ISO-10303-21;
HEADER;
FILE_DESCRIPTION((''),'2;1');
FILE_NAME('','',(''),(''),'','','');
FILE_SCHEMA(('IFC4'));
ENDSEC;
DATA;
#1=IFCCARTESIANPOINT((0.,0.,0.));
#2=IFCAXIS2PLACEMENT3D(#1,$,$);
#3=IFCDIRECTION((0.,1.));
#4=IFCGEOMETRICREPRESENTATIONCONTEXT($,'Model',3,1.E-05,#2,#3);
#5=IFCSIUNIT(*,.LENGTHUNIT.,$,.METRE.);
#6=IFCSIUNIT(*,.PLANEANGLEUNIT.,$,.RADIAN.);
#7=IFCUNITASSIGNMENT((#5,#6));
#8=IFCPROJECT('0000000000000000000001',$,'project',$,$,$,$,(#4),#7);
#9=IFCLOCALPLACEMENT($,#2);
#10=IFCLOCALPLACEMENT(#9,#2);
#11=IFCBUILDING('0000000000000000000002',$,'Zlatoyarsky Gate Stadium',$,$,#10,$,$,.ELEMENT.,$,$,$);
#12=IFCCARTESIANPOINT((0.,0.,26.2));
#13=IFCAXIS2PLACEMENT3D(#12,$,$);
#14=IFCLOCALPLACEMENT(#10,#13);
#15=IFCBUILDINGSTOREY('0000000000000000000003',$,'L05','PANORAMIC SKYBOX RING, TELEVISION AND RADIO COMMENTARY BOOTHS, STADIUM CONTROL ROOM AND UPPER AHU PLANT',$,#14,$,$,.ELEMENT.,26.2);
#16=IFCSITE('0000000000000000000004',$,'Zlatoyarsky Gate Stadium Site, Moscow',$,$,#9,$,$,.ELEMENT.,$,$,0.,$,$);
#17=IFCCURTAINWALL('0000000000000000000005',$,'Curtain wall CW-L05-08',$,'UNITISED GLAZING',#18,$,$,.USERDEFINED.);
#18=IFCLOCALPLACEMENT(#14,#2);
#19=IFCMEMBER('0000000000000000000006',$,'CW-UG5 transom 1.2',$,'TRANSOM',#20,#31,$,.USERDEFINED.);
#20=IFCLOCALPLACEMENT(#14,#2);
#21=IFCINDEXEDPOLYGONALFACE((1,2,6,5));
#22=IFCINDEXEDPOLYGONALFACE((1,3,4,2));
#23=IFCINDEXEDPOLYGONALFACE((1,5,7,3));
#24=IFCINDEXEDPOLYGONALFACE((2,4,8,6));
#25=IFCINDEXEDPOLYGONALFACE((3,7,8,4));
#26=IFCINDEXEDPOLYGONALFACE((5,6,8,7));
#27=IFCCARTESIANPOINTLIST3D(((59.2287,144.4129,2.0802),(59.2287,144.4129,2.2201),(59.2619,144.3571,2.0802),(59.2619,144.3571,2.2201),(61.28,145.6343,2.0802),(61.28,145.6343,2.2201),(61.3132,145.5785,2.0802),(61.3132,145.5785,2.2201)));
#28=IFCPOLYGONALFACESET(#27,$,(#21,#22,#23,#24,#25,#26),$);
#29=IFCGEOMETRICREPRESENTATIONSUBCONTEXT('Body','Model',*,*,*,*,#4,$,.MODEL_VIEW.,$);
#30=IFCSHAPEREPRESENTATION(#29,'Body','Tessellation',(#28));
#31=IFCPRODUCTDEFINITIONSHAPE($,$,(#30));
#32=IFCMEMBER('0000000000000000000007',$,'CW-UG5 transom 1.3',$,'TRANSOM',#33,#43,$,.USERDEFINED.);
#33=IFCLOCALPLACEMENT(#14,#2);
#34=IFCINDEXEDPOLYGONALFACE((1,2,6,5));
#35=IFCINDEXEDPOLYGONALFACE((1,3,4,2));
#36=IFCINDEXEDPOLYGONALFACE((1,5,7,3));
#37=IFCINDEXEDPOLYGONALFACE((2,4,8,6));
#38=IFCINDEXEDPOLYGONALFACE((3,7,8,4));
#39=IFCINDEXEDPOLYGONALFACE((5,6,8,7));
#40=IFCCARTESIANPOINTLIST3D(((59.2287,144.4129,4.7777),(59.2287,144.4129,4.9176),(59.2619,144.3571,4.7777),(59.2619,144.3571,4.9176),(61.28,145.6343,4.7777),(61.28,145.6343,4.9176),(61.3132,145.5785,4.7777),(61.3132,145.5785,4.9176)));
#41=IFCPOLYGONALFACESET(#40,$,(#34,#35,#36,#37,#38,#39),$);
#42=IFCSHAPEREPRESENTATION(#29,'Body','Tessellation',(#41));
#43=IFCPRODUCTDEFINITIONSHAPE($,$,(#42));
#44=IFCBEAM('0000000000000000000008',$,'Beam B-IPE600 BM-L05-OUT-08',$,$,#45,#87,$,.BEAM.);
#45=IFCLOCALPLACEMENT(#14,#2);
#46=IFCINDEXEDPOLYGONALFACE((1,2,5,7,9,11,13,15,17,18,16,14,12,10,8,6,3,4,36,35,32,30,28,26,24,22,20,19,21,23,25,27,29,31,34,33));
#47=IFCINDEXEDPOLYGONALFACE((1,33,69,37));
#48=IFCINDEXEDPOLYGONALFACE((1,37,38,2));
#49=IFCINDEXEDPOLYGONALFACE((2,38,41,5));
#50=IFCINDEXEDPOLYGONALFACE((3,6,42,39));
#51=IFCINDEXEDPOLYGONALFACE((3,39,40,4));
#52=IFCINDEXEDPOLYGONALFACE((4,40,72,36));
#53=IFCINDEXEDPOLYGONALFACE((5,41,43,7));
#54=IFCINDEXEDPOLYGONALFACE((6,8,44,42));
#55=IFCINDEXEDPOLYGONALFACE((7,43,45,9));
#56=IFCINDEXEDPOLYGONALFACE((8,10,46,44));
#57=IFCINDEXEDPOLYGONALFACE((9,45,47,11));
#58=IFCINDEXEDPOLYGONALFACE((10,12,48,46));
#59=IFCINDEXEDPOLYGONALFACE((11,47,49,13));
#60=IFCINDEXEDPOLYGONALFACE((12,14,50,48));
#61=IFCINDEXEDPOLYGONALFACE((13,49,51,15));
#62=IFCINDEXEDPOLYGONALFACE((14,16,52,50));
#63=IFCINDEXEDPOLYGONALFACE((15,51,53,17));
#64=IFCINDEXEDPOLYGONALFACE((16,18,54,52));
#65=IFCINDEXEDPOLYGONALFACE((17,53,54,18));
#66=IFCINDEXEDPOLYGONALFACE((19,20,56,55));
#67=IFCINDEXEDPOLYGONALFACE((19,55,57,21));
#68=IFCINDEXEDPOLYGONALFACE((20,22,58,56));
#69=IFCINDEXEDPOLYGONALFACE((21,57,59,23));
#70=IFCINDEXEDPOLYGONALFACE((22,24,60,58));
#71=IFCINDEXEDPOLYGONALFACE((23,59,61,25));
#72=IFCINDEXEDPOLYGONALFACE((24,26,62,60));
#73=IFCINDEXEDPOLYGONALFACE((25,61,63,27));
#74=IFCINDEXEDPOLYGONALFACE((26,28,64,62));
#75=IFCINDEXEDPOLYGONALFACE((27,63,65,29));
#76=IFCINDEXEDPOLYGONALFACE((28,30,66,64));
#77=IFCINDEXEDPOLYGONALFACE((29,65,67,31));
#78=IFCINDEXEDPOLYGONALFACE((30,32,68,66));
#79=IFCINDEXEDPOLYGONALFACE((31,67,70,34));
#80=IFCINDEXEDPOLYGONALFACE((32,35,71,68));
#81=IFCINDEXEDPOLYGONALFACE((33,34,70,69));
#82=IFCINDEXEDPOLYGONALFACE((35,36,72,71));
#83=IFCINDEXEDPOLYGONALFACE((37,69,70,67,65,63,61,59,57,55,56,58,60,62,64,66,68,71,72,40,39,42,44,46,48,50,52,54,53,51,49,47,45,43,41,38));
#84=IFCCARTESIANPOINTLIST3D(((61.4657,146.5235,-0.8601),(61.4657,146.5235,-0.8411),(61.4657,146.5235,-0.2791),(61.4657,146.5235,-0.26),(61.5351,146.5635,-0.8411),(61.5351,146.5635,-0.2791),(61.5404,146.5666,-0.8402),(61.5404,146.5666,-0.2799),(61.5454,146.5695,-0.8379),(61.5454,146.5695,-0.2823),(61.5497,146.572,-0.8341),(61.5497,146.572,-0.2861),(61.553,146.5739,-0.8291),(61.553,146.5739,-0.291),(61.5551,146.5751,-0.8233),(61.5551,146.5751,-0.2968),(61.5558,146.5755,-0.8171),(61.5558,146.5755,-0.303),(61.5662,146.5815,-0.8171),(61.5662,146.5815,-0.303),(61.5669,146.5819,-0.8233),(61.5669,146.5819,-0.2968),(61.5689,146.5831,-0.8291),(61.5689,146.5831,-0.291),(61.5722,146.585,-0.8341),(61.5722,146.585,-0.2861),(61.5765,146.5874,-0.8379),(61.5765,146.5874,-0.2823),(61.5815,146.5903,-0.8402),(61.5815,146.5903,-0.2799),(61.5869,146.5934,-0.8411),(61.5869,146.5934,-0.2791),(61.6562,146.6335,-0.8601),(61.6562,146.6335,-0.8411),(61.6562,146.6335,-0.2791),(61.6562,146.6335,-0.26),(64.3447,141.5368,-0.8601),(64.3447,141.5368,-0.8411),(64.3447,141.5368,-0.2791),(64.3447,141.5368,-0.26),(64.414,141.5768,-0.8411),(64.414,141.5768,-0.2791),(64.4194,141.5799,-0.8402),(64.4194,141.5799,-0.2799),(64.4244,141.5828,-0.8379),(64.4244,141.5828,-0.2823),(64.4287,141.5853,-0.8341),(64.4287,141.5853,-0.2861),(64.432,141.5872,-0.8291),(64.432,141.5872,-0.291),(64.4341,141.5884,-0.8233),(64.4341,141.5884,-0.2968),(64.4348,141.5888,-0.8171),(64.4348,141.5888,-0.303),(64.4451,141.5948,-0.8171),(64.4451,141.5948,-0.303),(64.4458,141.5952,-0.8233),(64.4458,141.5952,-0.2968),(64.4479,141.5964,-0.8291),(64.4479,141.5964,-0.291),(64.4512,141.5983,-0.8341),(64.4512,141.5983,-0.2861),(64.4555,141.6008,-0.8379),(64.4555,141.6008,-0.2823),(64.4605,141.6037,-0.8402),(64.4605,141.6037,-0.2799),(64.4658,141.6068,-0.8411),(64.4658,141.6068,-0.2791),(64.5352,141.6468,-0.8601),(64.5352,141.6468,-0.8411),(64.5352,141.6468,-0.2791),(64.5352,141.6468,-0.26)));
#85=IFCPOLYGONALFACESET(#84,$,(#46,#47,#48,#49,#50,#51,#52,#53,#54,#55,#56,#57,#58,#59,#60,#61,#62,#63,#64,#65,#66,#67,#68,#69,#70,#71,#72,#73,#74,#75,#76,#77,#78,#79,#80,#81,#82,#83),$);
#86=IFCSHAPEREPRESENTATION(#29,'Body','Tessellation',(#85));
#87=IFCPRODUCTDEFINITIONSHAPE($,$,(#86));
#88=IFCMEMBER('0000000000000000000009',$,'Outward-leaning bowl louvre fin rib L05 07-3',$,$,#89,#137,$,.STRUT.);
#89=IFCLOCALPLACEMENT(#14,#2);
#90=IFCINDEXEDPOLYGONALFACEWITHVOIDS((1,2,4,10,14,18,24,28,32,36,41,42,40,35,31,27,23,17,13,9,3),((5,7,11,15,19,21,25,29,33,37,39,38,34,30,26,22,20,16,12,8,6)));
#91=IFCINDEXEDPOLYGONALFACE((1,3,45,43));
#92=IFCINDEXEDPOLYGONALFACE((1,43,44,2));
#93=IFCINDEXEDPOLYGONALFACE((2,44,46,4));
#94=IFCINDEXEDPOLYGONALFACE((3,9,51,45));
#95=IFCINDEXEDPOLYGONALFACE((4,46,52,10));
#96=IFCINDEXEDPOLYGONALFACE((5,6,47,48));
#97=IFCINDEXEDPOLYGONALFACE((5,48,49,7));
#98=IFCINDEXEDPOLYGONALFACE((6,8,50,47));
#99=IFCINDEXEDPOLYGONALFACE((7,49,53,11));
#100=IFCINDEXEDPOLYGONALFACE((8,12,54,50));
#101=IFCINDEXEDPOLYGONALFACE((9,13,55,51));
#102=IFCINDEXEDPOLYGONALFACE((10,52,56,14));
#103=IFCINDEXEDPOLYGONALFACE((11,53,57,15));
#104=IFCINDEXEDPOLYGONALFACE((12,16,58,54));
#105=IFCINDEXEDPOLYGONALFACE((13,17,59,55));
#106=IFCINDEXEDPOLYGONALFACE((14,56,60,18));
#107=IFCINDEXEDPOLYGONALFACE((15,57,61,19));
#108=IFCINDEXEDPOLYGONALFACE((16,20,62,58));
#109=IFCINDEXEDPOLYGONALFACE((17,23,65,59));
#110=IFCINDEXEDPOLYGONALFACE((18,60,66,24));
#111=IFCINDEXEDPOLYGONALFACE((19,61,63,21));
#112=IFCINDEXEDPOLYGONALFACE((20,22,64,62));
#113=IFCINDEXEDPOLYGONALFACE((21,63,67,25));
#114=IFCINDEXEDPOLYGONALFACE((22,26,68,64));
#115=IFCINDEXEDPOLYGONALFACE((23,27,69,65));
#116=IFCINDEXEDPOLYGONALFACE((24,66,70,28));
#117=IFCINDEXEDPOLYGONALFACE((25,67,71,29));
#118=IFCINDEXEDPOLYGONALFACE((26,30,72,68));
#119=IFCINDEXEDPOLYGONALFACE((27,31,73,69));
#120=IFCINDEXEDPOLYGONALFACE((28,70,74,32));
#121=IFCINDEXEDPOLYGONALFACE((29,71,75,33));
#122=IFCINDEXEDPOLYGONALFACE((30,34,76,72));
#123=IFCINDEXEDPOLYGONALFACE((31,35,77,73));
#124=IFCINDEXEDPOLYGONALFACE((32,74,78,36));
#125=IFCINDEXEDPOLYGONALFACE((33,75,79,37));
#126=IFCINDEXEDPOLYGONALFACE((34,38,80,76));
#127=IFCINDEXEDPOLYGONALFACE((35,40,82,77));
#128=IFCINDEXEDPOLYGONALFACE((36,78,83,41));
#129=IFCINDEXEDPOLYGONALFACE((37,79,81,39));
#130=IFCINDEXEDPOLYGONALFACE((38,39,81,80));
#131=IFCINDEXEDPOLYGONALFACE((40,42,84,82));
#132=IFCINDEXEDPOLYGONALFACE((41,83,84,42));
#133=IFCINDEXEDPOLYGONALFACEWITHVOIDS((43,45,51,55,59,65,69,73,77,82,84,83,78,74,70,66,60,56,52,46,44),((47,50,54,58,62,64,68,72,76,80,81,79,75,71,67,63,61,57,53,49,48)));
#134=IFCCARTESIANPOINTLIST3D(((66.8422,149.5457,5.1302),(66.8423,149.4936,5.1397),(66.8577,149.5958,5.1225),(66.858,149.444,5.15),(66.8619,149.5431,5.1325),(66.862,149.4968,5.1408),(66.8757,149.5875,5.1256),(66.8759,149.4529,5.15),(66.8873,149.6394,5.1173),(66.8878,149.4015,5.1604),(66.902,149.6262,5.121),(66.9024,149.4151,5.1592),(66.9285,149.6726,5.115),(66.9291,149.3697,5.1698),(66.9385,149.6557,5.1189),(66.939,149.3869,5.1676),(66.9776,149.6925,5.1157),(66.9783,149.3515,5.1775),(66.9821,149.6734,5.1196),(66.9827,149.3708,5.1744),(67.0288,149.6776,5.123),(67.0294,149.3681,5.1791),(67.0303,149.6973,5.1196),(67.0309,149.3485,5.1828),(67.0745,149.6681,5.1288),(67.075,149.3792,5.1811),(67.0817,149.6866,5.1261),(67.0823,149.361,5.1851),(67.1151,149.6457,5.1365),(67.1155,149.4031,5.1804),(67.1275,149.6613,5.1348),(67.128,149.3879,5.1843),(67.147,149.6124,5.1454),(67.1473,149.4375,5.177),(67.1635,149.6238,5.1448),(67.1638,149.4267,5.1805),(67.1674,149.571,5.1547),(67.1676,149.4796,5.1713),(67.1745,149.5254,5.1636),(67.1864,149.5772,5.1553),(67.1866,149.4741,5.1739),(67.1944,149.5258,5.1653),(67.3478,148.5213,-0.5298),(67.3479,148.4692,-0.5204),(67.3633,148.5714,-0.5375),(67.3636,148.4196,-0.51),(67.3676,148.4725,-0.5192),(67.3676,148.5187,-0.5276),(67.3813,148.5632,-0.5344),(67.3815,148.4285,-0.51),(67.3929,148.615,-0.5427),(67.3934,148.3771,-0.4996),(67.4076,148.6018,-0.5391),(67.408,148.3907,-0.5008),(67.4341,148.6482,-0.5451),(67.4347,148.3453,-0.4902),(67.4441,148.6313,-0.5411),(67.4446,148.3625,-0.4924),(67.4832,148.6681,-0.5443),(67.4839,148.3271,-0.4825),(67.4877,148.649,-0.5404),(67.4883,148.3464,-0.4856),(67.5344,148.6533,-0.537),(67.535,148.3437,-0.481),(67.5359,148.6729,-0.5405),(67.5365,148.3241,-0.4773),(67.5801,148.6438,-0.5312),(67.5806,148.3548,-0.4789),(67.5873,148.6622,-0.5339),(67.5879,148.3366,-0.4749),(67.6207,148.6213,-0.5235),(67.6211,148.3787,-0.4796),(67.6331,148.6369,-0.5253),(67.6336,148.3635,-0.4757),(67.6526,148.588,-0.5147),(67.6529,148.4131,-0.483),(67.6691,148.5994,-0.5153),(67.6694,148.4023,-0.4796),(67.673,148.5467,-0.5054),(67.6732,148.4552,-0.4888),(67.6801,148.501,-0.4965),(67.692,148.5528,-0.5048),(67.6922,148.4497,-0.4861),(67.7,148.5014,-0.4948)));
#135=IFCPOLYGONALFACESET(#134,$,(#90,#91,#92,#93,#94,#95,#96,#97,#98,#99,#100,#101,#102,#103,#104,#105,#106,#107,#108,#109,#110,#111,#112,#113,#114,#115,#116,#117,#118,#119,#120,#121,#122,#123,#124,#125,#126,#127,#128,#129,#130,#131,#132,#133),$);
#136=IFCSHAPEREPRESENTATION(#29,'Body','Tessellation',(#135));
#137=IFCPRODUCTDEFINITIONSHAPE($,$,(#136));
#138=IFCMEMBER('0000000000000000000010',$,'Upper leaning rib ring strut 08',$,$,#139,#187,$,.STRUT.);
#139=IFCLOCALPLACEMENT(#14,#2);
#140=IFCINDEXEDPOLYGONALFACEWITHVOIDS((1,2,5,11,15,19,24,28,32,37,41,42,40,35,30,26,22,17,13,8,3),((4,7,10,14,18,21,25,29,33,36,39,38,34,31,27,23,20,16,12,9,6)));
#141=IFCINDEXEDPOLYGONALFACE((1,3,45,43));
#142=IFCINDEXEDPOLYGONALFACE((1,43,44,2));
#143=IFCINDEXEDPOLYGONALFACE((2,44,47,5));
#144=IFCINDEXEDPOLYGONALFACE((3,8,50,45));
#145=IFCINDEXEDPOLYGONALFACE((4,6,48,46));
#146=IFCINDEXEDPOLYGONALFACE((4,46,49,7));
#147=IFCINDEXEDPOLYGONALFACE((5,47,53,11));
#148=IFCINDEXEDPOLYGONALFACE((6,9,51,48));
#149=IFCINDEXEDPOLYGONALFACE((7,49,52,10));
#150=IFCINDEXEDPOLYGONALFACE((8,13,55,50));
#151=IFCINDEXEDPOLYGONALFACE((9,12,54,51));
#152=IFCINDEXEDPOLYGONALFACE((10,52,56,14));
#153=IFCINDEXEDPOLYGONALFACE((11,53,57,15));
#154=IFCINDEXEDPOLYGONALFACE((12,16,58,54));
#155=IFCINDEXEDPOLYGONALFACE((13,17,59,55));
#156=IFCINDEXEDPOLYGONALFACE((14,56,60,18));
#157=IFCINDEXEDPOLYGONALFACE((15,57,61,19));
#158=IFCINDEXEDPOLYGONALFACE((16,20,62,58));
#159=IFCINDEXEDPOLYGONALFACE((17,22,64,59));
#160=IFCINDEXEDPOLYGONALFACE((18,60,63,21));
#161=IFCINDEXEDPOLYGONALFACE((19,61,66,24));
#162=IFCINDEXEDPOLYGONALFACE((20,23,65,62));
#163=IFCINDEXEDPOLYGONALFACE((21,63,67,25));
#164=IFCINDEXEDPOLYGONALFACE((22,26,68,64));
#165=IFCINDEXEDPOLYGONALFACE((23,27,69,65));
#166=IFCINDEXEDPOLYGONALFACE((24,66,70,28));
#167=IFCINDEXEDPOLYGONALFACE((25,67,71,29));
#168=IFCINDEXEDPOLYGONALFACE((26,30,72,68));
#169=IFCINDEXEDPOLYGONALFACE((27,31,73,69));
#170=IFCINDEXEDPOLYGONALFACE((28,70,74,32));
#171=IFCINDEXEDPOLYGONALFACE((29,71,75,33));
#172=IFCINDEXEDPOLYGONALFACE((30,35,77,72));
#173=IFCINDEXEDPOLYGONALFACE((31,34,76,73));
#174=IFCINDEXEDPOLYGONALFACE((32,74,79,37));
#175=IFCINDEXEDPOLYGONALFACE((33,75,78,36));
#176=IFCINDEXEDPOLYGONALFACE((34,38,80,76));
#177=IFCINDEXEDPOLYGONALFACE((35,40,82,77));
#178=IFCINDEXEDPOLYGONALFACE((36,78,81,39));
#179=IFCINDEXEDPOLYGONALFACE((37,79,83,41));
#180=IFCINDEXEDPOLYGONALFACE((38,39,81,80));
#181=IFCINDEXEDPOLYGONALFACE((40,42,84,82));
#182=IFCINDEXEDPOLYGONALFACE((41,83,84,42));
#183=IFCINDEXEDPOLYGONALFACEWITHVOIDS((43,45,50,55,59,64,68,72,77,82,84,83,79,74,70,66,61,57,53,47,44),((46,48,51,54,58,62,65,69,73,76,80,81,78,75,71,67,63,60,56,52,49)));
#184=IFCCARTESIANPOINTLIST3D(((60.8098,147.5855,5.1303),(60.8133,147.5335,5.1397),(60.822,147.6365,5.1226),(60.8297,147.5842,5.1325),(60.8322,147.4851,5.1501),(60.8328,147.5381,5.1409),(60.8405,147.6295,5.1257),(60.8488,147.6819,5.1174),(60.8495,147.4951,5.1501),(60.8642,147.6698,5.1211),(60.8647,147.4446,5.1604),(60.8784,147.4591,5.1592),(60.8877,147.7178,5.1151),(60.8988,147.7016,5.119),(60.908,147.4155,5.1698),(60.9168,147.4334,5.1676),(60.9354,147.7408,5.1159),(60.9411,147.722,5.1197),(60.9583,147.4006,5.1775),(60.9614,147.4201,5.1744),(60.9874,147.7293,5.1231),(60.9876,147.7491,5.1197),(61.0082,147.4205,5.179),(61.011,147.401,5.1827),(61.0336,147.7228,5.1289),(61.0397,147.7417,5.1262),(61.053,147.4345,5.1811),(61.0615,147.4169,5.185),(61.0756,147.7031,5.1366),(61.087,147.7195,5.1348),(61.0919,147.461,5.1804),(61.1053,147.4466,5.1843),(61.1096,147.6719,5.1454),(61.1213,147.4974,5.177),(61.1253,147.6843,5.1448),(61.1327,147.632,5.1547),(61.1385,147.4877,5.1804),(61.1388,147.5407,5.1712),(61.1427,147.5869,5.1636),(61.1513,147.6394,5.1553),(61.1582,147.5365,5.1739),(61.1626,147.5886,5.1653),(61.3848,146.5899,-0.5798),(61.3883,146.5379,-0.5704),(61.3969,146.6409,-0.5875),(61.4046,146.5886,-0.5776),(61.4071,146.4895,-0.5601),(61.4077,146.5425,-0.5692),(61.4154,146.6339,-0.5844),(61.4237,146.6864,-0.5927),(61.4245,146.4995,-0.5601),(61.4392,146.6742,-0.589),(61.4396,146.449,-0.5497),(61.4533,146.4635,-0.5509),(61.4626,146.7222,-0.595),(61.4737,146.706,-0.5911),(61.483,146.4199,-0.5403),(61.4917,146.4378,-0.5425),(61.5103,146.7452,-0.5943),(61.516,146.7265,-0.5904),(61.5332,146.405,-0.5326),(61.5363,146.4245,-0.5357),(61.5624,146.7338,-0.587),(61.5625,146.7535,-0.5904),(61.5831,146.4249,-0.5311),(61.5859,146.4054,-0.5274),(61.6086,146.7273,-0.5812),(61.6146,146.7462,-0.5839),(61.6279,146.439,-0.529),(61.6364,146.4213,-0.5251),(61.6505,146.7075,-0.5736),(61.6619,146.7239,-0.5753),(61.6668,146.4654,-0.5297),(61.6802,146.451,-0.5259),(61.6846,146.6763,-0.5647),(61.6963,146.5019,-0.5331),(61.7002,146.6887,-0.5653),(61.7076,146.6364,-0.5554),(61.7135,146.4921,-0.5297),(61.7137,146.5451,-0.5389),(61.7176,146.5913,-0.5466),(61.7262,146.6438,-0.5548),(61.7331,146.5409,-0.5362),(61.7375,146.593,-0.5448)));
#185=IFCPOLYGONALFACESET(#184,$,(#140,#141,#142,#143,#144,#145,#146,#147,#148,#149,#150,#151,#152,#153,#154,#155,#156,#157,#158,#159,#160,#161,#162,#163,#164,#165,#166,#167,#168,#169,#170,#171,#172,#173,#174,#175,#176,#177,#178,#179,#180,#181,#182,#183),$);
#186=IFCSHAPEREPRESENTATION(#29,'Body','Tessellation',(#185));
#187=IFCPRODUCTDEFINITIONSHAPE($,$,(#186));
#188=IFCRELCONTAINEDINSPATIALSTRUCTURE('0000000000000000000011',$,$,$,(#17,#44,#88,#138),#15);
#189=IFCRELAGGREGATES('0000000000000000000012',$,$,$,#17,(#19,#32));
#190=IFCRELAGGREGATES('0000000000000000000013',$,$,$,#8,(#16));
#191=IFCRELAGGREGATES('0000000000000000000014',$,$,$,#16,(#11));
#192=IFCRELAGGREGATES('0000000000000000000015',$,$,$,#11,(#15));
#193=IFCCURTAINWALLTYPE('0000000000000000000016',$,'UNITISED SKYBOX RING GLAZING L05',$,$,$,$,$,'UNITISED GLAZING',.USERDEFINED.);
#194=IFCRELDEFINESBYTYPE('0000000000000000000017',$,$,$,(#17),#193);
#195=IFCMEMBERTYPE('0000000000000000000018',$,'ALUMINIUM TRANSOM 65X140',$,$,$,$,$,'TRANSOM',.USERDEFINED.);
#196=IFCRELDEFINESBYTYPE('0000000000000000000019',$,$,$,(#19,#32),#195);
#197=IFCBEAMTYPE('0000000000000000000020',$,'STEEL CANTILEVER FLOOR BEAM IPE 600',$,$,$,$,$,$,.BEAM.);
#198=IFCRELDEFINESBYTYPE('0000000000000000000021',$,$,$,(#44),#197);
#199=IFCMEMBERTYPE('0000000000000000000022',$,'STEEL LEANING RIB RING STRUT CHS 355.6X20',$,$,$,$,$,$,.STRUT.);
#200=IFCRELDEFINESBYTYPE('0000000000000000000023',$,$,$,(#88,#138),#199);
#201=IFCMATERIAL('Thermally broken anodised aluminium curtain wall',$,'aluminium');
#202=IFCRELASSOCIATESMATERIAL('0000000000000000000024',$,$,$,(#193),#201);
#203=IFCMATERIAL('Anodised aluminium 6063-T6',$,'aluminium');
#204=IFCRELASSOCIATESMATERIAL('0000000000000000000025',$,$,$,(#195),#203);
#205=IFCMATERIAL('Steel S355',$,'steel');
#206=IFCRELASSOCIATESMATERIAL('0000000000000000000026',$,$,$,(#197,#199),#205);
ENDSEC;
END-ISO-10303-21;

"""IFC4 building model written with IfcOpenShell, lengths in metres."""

from ifc_helpers import new_model, si_unit, direction, frame, origin, origin_2d, place, context, subcontext, project, spatial, rectangle, hollow_circle, i_section, extrude, material, material_profile, profile_set, type_object, element, aggregate, save


model = new_model("IFC4")

# Units and contexts
model_context = context("Model", 3, precision=1e-05, world=origin(), true_north=direction((0.0, 1.0)))
body_context = subcontext(model_context, "Body", "Model", "MODEL_VIEW")
ifc_project = project(units=[si_unit("LENGTHUNIT", "METRE"), si_unit("PLANEANGLEUNIT", "RADIAN")], contexts=[model_context])

# Site, building, storey
site_placement = place(None, origin())
site = spatial("IfcSite", under=ifc_project, at=site_placement, Name="Zlatoyarsky Gate Stadium Site, Moscow", CompositionType="ELEMENT", RefElevation=0.0)
building_placement = place(site_placement, origin())
building = spatial("IfcBuilding", under=site, at=building_placement, Name="Zlatoyarsky Gate Stadium", CompositionType="ELEMENT")
storey_placement = place(building_placement, frame((0.0, 0.0, 26.2)))
storey = spatial("IfcBuildingStorey", under=building, at=storey_placement, Name="L05", Description="PANORAMIC SKYBOX RING, TELEVISION AND RADIO COMMENTARY BOOTHS, STADIUM CONTROL ROOM AND UPPER AHU PLANT", CompositionType="ELEMENT", Elevation=26.2)

# Shared definitions
ifc_material_1 = material(Name="Steel S355", Category="steel")

# Shared definitions
ifc_material_2 = material(Name="Thermally broken anodised aluminium curtain wall", Category="aluminium")
curtain_wall_type = type_object("IfcCurtainWallType", Name="UNITISED SKYBOX RING GLAZING L05", ElementType="UNITISED GLAZING", PredefinedType="USERDEFINED", material=ifc_material_2)
ifc_material_3 = material(Name="Anodised aluminium 6063-T6", Category="aluminium")

# Curtain wall
curtain_wall_1_placement = place(storey_placement, origin())
curtain_wall_1 = element("IfcCurtainWall", 1, at=curtain_wall_1_placement, inside=storey, type_object=curtain_wall_type, Name="Curtain wall CW-L05-08", ObjectType="UNITISED GLAZING", PredefinedType="USERDEFINED")

# Members
ifc_material_profile_1 = material_profile(ifc_material_3, rectangle(XDim=0.0649, YDim=0.1399, at=origin_2d()), Name="ALU 65X140")
ifc_profile_set_1 = profile_set([ifc_material_profile_1], Name="Anodised aluminium 6063-T6")
member_type_1 = type_object("IfcMemberType", Name="ALUMINIUM TRANSOM 65X140", ElementType="TRANSOM", PredefinedType="USERDEFINED", material=ifc_profile_set_1)
member_1_placement = place(storey_placement, frame((61.2966, 145.6064, 2.1501), z_axis=(-0.859212, -0.51162, 0.0), x_axis=(0.51162, -0.859212, 0.0)))
member_1 = element("IfcMember", 2, at=member_1_placement, type_object=member_type_1, Name="CW-UG5 transom 1.2", ObjectType="TRANSOM", PredefinedType="USERDEFINED", context=body_context, shape_type="SweptSolid", body=[
    extrude(rectangle(XDim=0.0649, YDim=0.1399, at=origin_2d()), origin(), (0.0, 0.0, 1.0), 2.3875),
])
member_2_placement = place(storey_placement, frame((61.2966, 145.6064, 4.8477), z_axis=(-0.859212, -0.51162, 0.0), x_axis=(0.51162, -0.859212, 0.0)))
member_2 = element("IfcMember", 3, at=member_2_placement, type_object=member_type_1, Name="CW-UG5 transom 1.3", ObjectType="TRANSOM", PredefinedType="USERDEFINED", context=body_context, shape_type="SweptSolid", body=[
    extrude(rectangle(XDim=0.0649, YDim=0.1399, at=origin_2d()), origin(), (0.0, 0.0, 1.0), 2.3875),
])
aggregate(curtain_wall_1, [member_1, member_2])

# Beam
ifc_material_profile_2 = material_profile(ifc_material_1, i_section(OverallWidth=0.22, OverallDepth=0.6001, WebThickness=0.012, FlangeThickness=0.019, FilletRadius=0.0239, at=origin_2d()), Name="IPE 600")
ifc_profile_set_2 = profile_set([ifc_material_profile_2], Name="Steel S355")
beam_type_1 = type_object("IfcBeamType", Name="STEEL CANTILEVER FLOOR BEAM IPE 600", PredefinedType="BEAM", material=ifc_profile_set_2)
beam_1_placement = place(storey_placement, frame((64.4399, 141.5918, -0.5601), z_axis=(-0.499988, 0.866032, 0.0), x_axis=(-0.866032, -0.499988, 0.0)))
element("IfcBeam", 4, at=beam_1_placement, inside=storey, type_object=beam_type_1, Name="Beam B-IPE600 BM-L05-OUT-08", PredefinedType="BEAM", context=body_context, shape_type="SweptSolid", body=[
    extrude(i_section(OverallWidth=0.22, OverallDepth=0.6001, WebThickness=0.012, FlangeThickness=0.019, FilletRadius=0.0239, at=origin_2d()), origin(), (0.0, 0.0, 1.0), 5.7581),
])

# Members
ifc_material_profile_3 = material_profile(ifc_material_1, hollow_circle(Radius=0.1777, WallThickness=0.02, at=origin_2d()), Name="CHS 355.6X20")
ifc_profile_set_3 = profile_set([ifc_material_profile_3], Name="Steel S355")
member_type_2 = type_object("IfcMemberType", Name="STEEL LEANING RIB RING STRUT CHS 355.6X20", PredefinedType="STRUT", material=ifc_profile_set_3)
member_3_placement = place(storey_placement, frame((67.5229, 148.4983, -0.51), z_axis=(-0.087563, 0.177409, 0.980234), x_axis=(-0.896723, -0.442592, 0.0)))
element("IfcMember", 5, at=member_3_placement, inside=storey, type_object=member_type_2, Name="Outward-leaning bowl louvre fin rib L05 07-3", PredefinedType="STRUT", context=body_context, shape_type="SweptSolid", body=[
    extrude(hollow_circle(Radius=0.1777, WallThickness=0.02, at=origin_2d()), origin(), (0.0, 0.0, 1.0), 5.7742),
])
member_4_placement = place(storey_placement, frame((61.561, 146.5784, -0.5601), z_axis=(-0.098708, 0.170925, 0.980327), x_axis=(-0.865973, -0.50009, 0.0)))
element("IfcMember", 6, at=member_4_placement, inside=storey, type_object=member_type_2, Name="Upper leaning rib ring strut 08", PredefinedType="STRUT", context=body_context, shape_type="SweptSolid", body=[
    extrude(hollow_circle(Radius=0.1777, WallThickness=0.02, at=origin_2d()), origin(), (0.0, 0.0, 1.0), 5.8247),
])

save(model, "model.ifc")
